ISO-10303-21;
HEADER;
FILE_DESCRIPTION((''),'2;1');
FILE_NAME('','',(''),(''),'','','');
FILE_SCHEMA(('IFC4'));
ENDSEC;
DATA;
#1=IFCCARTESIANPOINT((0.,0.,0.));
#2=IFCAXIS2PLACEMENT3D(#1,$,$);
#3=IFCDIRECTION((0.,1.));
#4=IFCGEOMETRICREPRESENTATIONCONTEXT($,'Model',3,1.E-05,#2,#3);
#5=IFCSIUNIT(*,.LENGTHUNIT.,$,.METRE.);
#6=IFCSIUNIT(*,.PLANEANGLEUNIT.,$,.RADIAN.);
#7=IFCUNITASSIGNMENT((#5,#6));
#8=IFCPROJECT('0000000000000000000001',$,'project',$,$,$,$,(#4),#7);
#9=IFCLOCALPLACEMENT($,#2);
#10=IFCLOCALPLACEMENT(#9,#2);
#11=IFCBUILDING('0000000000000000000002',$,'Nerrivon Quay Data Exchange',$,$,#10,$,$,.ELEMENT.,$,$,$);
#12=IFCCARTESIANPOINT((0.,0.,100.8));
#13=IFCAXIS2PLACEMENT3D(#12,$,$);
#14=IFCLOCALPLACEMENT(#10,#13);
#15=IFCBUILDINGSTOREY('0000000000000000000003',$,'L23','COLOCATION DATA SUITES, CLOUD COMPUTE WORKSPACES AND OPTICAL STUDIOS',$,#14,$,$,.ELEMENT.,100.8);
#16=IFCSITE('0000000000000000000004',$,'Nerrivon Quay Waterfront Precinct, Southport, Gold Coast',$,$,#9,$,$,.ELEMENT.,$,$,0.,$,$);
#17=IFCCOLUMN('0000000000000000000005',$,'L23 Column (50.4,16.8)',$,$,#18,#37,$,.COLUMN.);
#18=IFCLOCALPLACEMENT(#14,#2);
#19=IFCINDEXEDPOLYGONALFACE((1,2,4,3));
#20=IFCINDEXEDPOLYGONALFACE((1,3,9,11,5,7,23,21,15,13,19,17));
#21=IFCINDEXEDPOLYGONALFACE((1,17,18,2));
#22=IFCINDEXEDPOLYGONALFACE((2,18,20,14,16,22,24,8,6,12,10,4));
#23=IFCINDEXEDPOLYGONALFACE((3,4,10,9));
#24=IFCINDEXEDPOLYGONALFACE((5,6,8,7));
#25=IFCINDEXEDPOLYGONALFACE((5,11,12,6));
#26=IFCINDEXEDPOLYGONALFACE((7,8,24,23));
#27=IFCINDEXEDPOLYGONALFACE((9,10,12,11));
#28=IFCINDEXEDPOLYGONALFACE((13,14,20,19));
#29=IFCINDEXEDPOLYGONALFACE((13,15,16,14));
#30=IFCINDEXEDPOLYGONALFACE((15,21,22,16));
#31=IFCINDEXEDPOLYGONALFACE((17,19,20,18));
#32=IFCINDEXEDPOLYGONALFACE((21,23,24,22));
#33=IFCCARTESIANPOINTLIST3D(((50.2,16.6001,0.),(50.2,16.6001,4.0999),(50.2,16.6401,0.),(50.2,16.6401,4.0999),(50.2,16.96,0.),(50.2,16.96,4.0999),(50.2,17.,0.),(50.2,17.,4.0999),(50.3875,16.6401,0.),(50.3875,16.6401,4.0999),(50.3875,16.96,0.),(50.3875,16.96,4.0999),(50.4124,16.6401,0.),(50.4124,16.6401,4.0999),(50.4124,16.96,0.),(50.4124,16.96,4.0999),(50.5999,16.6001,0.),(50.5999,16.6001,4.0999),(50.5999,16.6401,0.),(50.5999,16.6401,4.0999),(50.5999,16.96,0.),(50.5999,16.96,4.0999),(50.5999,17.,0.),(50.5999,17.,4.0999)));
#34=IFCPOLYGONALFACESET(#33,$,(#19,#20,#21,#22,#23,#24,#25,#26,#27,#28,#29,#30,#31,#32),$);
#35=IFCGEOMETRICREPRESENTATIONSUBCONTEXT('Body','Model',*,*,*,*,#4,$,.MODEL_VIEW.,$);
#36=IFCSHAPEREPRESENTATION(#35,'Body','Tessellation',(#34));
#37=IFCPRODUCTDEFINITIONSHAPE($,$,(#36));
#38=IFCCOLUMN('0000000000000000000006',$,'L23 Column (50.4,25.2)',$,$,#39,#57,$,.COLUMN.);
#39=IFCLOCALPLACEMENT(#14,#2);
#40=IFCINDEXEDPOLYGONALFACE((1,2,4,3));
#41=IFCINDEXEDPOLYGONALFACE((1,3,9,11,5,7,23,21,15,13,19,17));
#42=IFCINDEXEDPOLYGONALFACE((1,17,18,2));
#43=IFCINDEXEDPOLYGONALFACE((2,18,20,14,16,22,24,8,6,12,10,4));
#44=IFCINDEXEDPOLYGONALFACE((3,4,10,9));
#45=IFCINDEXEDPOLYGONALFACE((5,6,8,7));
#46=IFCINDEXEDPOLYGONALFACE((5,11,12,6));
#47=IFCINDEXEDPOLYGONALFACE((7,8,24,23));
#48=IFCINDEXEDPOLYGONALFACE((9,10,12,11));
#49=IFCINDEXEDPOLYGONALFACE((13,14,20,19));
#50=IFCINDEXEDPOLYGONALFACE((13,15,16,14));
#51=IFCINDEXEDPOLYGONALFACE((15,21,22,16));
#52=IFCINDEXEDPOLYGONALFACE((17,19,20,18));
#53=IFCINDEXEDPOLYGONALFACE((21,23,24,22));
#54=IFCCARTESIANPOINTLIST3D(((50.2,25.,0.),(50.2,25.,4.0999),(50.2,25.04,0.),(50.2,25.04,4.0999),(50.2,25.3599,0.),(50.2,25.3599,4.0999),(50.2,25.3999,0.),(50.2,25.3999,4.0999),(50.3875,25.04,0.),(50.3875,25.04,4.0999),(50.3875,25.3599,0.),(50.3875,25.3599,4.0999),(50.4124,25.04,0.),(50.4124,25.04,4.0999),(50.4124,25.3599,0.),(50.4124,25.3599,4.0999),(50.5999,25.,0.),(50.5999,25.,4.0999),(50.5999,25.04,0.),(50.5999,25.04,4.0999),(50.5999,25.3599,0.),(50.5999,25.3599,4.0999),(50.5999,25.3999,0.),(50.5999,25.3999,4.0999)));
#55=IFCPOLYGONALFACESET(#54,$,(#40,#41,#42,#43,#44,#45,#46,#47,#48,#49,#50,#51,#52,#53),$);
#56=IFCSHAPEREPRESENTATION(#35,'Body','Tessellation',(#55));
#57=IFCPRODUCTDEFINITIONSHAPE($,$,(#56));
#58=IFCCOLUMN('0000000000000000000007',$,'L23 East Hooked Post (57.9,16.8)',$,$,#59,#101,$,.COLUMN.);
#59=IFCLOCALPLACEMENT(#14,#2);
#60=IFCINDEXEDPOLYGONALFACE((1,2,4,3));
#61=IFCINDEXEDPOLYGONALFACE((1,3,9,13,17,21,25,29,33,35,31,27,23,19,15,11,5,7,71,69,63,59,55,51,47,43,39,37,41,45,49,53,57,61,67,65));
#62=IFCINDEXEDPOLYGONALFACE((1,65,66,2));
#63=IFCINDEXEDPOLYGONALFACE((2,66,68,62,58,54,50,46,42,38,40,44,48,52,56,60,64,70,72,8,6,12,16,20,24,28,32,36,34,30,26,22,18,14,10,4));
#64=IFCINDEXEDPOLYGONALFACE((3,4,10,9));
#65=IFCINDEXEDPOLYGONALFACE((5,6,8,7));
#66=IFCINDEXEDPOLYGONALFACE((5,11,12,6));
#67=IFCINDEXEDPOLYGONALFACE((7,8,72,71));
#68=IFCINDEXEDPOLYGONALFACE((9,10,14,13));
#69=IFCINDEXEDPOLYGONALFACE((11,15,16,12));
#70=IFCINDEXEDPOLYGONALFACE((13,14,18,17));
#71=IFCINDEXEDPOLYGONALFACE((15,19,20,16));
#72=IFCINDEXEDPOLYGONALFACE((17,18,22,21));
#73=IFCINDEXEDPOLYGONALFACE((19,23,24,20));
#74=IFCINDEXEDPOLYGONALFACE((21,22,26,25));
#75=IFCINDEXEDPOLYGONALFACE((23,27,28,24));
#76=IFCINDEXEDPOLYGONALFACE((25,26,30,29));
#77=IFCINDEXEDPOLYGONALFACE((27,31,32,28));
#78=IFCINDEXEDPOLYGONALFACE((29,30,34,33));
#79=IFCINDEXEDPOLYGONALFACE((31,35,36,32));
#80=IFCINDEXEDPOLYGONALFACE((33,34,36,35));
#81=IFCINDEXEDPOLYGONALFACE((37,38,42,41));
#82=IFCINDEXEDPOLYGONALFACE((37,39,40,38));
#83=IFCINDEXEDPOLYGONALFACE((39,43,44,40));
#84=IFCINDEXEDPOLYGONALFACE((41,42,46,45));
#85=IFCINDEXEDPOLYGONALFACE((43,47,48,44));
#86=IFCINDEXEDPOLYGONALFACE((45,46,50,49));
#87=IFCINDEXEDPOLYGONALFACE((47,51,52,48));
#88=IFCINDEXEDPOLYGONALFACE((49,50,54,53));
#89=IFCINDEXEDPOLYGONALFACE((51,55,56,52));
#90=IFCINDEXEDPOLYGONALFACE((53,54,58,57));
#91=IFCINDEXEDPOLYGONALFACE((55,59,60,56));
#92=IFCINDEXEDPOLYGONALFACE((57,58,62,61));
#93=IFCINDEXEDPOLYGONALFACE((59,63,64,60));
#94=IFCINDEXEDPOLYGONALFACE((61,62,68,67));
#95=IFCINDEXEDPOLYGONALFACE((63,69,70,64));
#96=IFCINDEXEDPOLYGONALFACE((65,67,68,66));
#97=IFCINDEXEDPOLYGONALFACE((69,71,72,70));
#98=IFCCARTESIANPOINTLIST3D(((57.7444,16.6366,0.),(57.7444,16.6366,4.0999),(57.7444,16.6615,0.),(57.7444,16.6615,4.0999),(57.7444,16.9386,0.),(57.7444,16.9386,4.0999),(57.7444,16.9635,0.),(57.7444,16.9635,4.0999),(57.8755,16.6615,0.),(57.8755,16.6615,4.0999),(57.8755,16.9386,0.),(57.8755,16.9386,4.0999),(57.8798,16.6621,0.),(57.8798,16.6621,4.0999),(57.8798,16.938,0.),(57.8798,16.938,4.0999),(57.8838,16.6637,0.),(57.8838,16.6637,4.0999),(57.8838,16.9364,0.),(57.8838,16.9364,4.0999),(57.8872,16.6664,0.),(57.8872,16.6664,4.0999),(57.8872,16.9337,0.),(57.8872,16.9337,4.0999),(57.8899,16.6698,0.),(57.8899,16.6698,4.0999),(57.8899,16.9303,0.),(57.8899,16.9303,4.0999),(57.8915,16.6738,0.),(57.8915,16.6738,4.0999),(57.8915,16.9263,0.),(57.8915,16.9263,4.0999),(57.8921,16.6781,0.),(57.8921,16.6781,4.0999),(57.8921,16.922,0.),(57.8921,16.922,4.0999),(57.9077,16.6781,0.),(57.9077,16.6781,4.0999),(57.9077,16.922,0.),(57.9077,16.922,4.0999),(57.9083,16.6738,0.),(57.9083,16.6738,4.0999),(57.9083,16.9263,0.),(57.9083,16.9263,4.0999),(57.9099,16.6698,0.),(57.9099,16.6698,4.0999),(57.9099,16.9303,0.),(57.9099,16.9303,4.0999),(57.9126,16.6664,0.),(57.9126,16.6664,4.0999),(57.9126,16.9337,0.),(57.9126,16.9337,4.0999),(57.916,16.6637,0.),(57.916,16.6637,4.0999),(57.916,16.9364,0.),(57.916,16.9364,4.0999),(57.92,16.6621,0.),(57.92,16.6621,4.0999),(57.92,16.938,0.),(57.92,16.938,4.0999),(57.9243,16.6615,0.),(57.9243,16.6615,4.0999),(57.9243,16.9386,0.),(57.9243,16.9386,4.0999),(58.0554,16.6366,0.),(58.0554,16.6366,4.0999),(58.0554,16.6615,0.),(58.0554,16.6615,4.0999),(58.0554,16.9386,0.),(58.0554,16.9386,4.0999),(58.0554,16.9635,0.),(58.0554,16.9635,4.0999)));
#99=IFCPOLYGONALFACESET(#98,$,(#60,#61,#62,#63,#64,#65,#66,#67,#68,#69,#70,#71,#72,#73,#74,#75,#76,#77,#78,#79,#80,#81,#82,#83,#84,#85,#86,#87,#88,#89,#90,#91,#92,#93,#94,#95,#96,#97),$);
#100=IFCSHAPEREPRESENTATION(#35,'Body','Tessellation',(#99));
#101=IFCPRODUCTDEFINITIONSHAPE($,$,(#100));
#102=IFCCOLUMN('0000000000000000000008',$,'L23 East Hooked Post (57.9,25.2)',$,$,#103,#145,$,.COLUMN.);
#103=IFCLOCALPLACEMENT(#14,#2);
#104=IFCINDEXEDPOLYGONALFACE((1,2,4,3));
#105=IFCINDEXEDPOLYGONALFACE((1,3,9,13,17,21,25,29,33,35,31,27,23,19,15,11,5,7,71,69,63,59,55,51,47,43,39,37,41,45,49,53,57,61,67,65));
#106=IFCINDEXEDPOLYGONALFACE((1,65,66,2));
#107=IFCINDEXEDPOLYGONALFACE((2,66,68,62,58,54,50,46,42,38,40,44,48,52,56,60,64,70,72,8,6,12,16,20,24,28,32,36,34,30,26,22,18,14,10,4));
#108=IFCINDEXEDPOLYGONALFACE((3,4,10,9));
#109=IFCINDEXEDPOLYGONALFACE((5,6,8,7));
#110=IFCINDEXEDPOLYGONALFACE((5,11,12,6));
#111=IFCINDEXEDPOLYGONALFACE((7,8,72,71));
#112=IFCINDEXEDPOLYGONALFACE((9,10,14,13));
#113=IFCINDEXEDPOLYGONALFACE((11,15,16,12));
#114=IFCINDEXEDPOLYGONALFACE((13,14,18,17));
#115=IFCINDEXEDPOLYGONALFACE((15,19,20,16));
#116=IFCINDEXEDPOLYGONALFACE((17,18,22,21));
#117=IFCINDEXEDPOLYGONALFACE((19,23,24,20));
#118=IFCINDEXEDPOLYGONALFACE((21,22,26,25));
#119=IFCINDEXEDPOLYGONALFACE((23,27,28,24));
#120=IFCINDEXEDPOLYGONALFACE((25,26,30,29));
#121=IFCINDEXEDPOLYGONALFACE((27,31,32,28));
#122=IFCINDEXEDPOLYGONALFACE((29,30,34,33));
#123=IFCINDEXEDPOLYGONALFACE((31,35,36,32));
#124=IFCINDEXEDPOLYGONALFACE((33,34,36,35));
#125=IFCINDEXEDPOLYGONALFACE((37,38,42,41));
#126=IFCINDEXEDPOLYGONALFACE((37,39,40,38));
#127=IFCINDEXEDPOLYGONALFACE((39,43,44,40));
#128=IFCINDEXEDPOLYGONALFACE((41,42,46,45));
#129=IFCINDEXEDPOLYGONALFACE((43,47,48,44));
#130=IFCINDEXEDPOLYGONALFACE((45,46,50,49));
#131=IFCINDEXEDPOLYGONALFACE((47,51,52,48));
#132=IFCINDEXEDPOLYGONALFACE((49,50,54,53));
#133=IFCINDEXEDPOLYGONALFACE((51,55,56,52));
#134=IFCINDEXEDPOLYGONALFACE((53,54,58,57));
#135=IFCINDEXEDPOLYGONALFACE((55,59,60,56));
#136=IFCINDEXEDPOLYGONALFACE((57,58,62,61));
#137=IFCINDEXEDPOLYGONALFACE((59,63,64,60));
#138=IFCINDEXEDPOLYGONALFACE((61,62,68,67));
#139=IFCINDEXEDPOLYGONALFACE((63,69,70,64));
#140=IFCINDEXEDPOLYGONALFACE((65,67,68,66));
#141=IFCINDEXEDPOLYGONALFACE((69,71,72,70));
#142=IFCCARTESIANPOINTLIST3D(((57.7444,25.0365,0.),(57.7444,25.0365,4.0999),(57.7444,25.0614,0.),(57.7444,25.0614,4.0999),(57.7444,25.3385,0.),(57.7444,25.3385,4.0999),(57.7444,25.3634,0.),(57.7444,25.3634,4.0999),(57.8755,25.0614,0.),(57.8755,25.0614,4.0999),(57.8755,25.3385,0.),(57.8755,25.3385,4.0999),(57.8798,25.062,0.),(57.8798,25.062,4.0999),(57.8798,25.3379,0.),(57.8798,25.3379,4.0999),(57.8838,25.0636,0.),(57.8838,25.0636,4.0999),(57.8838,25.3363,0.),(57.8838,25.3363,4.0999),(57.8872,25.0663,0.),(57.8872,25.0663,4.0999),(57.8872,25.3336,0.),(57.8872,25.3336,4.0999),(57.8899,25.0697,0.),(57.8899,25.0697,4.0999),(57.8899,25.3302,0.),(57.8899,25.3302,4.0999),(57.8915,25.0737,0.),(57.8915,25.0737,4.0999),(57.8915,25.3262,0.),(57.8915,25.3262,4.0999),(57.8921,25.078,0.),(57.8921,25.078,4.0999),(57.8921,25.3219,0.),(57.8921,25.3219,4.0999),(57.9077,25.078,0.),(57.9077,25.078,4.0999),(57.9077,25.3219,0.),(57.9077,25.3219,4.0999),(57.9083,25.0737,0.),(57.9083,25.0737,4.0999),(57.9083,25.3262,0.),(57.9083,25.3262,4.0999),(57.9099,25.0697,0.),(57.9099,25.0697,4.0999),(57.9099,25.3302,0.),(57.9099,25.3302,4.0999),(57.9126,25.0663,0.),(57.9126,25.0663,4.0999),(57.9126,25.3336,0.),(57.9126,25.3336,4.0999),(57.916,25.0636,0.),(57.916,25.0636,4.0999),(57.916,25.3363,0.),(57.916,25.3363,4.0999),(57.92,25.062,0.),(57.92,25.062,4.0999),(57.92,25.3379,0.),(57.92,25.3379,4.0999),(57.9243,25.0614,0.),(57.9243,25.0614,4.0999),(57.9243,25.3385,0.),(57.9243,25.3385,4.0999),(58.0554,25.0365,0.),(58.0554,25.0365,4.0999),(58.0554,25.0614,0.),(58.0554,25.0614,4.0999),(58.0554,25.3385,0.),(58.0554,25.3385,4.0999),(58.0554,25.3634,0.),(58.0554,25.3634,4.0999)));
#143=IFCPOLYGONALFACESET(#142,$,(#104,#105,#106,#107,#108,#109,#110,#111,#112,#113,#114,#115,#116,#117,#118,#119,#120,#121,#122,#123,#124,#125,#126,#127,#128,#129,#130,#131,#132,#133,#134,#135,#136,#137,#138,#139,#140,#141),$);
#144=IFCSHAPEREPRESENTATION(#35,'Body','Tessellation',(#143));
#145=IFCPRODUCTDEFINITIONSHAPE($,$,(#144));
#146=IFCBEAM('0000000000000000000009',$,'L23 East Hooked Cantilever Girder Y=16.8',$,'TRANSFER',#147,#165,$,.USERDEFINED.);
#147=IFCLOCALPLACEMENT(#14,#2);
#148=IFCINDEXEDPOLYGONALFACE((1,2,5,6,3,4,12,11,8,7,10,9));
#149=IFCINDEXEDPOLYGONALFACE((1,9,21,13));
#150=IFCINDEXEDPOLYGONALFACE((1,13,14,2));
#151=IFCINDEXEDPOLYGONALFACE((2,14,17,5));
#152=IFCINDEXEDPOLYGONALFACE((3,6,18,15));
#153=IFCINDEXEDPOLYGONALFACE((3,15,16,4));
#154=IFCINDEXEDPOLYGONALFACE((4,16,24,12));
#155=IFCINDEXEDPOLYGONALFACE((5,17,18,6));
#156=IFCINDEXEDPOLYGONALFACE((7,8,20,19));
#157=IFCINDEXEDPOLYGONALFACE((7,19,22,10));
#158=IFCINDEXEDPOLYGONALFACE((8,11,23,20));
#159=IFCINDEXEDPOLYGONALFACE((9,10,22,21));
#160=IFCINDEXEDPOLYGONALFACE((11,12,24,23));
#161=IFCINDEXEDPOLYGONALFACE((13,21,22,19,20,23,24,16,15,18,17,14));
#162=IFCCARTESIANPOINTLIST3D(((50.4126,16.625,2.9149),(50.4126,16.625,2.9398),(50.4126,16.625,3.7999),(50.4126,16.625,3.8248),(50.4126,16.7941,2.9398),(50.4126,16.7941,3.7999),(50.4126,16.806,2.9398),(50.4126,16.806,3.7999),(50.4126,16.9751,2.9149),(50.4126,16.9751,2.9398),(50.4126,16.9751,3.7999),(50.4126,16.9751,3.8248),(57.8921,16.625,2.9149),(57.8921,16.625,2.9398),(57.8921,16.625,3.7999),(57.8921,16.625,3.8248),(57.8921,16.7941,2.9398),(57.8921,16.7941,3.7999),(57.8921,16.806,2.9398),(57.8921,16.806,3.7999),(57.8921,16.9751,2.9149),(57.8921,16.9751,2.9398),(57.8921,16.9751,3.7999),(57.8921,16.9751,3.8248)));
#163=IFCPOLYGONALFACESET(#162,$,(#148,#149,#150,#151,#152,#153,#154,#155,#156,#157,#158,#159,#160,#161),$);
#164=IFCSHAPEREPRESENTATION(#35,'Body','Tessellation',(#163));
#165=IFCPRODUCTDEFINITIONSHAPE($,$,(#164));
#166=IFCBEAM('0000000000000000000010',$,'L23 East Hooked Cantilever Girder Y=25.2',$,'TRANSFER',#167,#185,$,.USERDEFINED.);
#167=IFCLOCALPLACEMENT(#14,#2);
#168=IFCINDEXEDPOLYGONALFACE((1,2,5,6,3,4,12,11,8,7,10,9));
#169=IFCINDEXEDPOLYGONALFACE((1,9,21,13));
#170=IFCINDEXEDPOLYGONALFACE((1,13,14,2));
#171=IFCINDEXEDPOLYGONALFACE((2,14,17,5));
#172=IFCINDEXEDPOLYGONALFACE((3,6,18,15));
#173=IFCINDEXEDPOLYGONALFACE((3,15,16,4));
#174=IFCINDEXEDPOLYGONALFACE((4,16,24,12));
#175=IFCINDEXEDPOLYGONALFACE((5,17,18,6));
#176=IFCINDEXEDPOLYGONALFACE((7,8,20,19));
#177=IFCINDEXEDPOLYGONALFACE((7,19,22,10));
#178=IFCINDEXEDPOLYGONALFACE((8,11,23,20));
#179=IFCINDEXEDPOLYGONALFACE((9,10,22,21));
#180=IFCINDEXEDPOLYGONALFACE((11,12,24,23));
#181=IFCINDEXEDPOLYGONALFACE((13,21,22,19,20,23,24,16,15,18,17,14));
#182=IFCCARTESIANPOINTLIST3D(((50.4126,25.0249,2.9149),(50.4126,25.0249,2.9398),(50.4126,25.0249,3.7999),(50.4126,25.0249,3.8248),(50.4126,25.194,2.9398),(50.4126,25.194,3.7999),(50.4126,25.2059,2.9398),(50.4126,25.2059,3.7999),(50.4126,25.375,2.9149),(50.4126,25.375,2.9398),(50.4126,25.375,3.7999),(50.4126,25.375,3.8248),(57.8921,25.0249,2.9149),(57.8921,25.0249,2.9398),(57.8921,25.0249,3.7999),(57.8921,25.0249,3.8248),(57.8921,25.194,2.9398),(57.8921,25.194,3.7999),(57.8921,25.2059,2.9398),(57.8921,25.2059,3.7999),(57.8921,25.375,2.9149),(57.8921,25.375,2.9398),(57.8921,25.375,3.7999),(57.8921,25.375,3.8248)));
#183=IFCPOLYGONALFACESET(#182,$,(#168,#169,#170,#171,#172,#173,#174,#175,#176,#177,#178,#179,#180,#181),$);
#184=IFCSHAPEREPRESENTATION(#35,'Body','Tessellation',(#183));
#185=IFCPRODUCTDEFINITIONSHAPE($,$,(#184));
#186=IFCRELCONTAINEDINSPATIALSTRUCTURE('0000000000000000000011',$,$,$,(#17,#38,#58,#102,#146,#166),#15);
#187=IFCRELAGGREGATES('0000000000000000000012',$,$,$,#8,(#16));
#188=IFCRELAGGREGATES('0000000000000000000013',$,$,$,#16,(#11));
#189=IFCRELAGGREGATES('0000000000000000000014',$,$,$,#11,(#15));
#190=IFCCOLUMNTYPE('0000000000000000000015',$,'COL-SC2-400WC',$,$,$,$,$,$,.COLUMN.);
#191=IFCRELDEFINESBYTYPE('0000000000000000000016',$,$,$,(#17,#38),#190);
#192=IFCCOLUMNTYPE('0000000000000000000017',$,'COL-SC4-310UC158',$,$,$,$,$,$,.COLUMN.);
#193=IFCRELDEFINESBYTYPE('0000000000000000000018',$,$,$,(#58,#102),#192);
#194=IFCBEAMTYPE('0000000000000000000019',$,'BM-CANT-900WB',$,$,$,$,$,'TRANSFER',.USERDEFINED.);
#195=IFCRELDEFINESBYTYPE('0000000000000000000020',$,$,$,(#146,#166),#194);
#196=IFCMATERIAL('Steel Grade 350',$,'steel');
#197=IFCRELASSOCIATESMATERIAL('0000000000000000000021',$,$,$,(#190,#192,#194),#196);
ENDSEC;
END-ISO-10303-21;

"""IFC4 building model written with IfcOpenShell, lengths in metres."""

from ifc_helpers import new_model, si_unit, direction, frame, origin, origin_2d, place, context, subcontext, project, spatial, i_section, extrude, material, material_profile, profile_set, type_object, element, save


model = new_model("IFC4")

# Units and contexts
model_context = context("Model", 3, precision=1e-05, world=origin(), true_north=direction((0.0, 1.0)))
body_context = subcontext(model_context, "Body", "Model", "MODEL_VIEW")
ifc_project = project(units=[si_unit("LENGTHUNIT", "METRE"), si_unit("PLANEANGLEUNIT", "RADIAN")], contexts=[model_context])

# Site, building, storey
site_placement = place(None, origin())
site = spatial("IfcSite", under=ifc_project, at=site_placement, Name="Nerrivon Quay Waterfront Precinct, Southport, Gold Coast", CompositionType="ELEMENT", RefElevation=0.0)
building_placement = place(site_placement, origin())
building = spatial("IfcBuilding", under=site, at=building_placement, Name="Nerrivon Quay Data Exchange", CompositionType="ELEMENT")
storey_placement = place(building_placement, frame((0.0, 0.0, 100.8)))
storey = spatial("IfcBuildingStorey", under=building, at=storey_placement, Name="L23", Description="COLOCATION DATA SUITES, CLOUD COMPUTE WORKSPACES AND OPTICAL STUDIOS", CompositionType="ELEMENT", Elevation=100.8)

# Columns
ifc_material_1 = material(Name="Steel Grade 350", Category="steel")
ifc_material_profile_1 = material_profile(ifc_material_1, i_section(OverallWidth=0.3999, OverallDepth=0.3999, WebThickness=0.0249, FlangeThickness=0.04, at=origin_2d()), Name="400WC328")
ifc_profile_set_1 = profile_set([ifc_material_profile_1], Name="Steel Grade 350")
column_type_1 = type_object("IfcColumnType", Name="COL-SC2-400WC", PredefinedType="COLUMN", material=ifc_profile_set_1)
for number, where, z_axis, x_axis, name in (
    (1, (50.3999, 16.8, 0.0), (0.0, 0.0, 1.0), (1.0, 0.0, 0.0), "L23 Column (50.4,16.8)"),
    (2, (50.3999, 25.2, 0.0), (0.0, 0.0, 1.0), (1.0, 0.0, 0.0), "L23 Column (50.4,25.2)"),
):
    element("IfcColumn", number, at=place(storey_placement, frame(where, z_axis=z_axis, x_axis=x_axis)), inside=storey, type_object=column_type_1, Name=name, PredefinedType="COLUMN", context=body_context, shape_type="SweptSolid", body=[
        extrude(i_section(OverallWidth=0.3999, OverallDepth=0.3999, WebThickness=0.0249, FlangeThickness=0.04, at=origin_2d()), origin(), (0.0, 0.0, 1.0), 4.0999),
    ])
ifc_material_profile_2 = material_profile(ifc_material_1, i_section(OverallWidth=0.311, OverallDepth=0.3269, WebThickness=0.0156, FlangeThickness=0.0249, FilletRadius=0.0166, at=origin_2d()), Name="310UC158")
ifc_profile_set_2 = profile_set([ifc_material_profile_2], Name="Steel Grade 350")
column_type_2 = type_object("IfcColumnType", Name="COL-SC4-310UC158", PredefinedType="COLUMN", material=ifc_profile_set_2)
for number, where, z_axis, x_axis, name in (
    (3, (57.8999, 16.8, 0.0), (0.0, 0.0, 1.0), (1.0, 0.0, 0.0), "L23 East Hooked Post (57.9,16.8)"),
    (4, (57.8999, 25.2, 0.0), (0.0, 0.0, 1.0), (1.0, 0.0, 0.0), "L23 East Hooked Post (57.9,25.2)"),
):
    element("IfcColumn", number, at=place(storey_placement, frame(where, z_axis=z_axis, x_axis=x_axis)), inside=storey, type_object=column_type_2, Name=name, PredefinedType="COLUMN", context=body_context, shape_type="SweptSolid", body=[
        extrude(i_section(OverallWidth=0.311, OverallDepth=0.3269, WebThickness=0.0156, FlangeThickness=0.0249, FilletRadius=0.0166, at=origin_2d()), origin(), (0.0, 0.0, 1.0), 4.0999),
    ])

# Beams
ifc_material_profile_3 = material_profile(ifc_material_1, i_section(OverallWidth=0.3501, OverallDepth=0.9099, WebThickness=0.012, FlangeThickness=0.0249, at=origin_2d()), Name="900WB218")
ifc_profile_set_3 = profile_set([ifc_material_profile_3], Name="Steel Grade 350")
beam_type_1 = type_object("IfcBeamType", Name="BM-CANT-900WB", ElementType="TRANSFER", PredefinedType="USERDEFINED", material=ifc_profile_set_3)
for number, where, z_axis, x_axis, name in (
    (5, (50.4126, 16.8, 3.3699), (1.0, 0.0, 0.0), (0.0, 1.0, 0.0), "L23 East Hooked Cantilever Girder Y=16.8"),
    (6, (50.4126, 25.2, 3.3699), (1.0, 0.0, 0.0), (0.0, 1.0, 0.0), "L23 East Hooked Cantilever Girder Y=25.2"),
):
    element("IfcBeam", number, at=place(storey_placement, frame(where, z_axis=z_axis, x_axis=x_axis)), inside=storey, type_object=beam_type_1, Name=name, ObjectType="TRANSFER", PredefinedType="USERDEFINED", context=body_context, shape_type="SweptSolid", body=[
        extrude(i_section(OverallWidth=0.3501, OverallDepth=0.9099, WebThickness=0.012, FlangeThickness=0.0249, at=origin_2d()), origin(), (0.0, 0.0, 1.0), 7.4795),
    ])

save(model, "model.ifc")
